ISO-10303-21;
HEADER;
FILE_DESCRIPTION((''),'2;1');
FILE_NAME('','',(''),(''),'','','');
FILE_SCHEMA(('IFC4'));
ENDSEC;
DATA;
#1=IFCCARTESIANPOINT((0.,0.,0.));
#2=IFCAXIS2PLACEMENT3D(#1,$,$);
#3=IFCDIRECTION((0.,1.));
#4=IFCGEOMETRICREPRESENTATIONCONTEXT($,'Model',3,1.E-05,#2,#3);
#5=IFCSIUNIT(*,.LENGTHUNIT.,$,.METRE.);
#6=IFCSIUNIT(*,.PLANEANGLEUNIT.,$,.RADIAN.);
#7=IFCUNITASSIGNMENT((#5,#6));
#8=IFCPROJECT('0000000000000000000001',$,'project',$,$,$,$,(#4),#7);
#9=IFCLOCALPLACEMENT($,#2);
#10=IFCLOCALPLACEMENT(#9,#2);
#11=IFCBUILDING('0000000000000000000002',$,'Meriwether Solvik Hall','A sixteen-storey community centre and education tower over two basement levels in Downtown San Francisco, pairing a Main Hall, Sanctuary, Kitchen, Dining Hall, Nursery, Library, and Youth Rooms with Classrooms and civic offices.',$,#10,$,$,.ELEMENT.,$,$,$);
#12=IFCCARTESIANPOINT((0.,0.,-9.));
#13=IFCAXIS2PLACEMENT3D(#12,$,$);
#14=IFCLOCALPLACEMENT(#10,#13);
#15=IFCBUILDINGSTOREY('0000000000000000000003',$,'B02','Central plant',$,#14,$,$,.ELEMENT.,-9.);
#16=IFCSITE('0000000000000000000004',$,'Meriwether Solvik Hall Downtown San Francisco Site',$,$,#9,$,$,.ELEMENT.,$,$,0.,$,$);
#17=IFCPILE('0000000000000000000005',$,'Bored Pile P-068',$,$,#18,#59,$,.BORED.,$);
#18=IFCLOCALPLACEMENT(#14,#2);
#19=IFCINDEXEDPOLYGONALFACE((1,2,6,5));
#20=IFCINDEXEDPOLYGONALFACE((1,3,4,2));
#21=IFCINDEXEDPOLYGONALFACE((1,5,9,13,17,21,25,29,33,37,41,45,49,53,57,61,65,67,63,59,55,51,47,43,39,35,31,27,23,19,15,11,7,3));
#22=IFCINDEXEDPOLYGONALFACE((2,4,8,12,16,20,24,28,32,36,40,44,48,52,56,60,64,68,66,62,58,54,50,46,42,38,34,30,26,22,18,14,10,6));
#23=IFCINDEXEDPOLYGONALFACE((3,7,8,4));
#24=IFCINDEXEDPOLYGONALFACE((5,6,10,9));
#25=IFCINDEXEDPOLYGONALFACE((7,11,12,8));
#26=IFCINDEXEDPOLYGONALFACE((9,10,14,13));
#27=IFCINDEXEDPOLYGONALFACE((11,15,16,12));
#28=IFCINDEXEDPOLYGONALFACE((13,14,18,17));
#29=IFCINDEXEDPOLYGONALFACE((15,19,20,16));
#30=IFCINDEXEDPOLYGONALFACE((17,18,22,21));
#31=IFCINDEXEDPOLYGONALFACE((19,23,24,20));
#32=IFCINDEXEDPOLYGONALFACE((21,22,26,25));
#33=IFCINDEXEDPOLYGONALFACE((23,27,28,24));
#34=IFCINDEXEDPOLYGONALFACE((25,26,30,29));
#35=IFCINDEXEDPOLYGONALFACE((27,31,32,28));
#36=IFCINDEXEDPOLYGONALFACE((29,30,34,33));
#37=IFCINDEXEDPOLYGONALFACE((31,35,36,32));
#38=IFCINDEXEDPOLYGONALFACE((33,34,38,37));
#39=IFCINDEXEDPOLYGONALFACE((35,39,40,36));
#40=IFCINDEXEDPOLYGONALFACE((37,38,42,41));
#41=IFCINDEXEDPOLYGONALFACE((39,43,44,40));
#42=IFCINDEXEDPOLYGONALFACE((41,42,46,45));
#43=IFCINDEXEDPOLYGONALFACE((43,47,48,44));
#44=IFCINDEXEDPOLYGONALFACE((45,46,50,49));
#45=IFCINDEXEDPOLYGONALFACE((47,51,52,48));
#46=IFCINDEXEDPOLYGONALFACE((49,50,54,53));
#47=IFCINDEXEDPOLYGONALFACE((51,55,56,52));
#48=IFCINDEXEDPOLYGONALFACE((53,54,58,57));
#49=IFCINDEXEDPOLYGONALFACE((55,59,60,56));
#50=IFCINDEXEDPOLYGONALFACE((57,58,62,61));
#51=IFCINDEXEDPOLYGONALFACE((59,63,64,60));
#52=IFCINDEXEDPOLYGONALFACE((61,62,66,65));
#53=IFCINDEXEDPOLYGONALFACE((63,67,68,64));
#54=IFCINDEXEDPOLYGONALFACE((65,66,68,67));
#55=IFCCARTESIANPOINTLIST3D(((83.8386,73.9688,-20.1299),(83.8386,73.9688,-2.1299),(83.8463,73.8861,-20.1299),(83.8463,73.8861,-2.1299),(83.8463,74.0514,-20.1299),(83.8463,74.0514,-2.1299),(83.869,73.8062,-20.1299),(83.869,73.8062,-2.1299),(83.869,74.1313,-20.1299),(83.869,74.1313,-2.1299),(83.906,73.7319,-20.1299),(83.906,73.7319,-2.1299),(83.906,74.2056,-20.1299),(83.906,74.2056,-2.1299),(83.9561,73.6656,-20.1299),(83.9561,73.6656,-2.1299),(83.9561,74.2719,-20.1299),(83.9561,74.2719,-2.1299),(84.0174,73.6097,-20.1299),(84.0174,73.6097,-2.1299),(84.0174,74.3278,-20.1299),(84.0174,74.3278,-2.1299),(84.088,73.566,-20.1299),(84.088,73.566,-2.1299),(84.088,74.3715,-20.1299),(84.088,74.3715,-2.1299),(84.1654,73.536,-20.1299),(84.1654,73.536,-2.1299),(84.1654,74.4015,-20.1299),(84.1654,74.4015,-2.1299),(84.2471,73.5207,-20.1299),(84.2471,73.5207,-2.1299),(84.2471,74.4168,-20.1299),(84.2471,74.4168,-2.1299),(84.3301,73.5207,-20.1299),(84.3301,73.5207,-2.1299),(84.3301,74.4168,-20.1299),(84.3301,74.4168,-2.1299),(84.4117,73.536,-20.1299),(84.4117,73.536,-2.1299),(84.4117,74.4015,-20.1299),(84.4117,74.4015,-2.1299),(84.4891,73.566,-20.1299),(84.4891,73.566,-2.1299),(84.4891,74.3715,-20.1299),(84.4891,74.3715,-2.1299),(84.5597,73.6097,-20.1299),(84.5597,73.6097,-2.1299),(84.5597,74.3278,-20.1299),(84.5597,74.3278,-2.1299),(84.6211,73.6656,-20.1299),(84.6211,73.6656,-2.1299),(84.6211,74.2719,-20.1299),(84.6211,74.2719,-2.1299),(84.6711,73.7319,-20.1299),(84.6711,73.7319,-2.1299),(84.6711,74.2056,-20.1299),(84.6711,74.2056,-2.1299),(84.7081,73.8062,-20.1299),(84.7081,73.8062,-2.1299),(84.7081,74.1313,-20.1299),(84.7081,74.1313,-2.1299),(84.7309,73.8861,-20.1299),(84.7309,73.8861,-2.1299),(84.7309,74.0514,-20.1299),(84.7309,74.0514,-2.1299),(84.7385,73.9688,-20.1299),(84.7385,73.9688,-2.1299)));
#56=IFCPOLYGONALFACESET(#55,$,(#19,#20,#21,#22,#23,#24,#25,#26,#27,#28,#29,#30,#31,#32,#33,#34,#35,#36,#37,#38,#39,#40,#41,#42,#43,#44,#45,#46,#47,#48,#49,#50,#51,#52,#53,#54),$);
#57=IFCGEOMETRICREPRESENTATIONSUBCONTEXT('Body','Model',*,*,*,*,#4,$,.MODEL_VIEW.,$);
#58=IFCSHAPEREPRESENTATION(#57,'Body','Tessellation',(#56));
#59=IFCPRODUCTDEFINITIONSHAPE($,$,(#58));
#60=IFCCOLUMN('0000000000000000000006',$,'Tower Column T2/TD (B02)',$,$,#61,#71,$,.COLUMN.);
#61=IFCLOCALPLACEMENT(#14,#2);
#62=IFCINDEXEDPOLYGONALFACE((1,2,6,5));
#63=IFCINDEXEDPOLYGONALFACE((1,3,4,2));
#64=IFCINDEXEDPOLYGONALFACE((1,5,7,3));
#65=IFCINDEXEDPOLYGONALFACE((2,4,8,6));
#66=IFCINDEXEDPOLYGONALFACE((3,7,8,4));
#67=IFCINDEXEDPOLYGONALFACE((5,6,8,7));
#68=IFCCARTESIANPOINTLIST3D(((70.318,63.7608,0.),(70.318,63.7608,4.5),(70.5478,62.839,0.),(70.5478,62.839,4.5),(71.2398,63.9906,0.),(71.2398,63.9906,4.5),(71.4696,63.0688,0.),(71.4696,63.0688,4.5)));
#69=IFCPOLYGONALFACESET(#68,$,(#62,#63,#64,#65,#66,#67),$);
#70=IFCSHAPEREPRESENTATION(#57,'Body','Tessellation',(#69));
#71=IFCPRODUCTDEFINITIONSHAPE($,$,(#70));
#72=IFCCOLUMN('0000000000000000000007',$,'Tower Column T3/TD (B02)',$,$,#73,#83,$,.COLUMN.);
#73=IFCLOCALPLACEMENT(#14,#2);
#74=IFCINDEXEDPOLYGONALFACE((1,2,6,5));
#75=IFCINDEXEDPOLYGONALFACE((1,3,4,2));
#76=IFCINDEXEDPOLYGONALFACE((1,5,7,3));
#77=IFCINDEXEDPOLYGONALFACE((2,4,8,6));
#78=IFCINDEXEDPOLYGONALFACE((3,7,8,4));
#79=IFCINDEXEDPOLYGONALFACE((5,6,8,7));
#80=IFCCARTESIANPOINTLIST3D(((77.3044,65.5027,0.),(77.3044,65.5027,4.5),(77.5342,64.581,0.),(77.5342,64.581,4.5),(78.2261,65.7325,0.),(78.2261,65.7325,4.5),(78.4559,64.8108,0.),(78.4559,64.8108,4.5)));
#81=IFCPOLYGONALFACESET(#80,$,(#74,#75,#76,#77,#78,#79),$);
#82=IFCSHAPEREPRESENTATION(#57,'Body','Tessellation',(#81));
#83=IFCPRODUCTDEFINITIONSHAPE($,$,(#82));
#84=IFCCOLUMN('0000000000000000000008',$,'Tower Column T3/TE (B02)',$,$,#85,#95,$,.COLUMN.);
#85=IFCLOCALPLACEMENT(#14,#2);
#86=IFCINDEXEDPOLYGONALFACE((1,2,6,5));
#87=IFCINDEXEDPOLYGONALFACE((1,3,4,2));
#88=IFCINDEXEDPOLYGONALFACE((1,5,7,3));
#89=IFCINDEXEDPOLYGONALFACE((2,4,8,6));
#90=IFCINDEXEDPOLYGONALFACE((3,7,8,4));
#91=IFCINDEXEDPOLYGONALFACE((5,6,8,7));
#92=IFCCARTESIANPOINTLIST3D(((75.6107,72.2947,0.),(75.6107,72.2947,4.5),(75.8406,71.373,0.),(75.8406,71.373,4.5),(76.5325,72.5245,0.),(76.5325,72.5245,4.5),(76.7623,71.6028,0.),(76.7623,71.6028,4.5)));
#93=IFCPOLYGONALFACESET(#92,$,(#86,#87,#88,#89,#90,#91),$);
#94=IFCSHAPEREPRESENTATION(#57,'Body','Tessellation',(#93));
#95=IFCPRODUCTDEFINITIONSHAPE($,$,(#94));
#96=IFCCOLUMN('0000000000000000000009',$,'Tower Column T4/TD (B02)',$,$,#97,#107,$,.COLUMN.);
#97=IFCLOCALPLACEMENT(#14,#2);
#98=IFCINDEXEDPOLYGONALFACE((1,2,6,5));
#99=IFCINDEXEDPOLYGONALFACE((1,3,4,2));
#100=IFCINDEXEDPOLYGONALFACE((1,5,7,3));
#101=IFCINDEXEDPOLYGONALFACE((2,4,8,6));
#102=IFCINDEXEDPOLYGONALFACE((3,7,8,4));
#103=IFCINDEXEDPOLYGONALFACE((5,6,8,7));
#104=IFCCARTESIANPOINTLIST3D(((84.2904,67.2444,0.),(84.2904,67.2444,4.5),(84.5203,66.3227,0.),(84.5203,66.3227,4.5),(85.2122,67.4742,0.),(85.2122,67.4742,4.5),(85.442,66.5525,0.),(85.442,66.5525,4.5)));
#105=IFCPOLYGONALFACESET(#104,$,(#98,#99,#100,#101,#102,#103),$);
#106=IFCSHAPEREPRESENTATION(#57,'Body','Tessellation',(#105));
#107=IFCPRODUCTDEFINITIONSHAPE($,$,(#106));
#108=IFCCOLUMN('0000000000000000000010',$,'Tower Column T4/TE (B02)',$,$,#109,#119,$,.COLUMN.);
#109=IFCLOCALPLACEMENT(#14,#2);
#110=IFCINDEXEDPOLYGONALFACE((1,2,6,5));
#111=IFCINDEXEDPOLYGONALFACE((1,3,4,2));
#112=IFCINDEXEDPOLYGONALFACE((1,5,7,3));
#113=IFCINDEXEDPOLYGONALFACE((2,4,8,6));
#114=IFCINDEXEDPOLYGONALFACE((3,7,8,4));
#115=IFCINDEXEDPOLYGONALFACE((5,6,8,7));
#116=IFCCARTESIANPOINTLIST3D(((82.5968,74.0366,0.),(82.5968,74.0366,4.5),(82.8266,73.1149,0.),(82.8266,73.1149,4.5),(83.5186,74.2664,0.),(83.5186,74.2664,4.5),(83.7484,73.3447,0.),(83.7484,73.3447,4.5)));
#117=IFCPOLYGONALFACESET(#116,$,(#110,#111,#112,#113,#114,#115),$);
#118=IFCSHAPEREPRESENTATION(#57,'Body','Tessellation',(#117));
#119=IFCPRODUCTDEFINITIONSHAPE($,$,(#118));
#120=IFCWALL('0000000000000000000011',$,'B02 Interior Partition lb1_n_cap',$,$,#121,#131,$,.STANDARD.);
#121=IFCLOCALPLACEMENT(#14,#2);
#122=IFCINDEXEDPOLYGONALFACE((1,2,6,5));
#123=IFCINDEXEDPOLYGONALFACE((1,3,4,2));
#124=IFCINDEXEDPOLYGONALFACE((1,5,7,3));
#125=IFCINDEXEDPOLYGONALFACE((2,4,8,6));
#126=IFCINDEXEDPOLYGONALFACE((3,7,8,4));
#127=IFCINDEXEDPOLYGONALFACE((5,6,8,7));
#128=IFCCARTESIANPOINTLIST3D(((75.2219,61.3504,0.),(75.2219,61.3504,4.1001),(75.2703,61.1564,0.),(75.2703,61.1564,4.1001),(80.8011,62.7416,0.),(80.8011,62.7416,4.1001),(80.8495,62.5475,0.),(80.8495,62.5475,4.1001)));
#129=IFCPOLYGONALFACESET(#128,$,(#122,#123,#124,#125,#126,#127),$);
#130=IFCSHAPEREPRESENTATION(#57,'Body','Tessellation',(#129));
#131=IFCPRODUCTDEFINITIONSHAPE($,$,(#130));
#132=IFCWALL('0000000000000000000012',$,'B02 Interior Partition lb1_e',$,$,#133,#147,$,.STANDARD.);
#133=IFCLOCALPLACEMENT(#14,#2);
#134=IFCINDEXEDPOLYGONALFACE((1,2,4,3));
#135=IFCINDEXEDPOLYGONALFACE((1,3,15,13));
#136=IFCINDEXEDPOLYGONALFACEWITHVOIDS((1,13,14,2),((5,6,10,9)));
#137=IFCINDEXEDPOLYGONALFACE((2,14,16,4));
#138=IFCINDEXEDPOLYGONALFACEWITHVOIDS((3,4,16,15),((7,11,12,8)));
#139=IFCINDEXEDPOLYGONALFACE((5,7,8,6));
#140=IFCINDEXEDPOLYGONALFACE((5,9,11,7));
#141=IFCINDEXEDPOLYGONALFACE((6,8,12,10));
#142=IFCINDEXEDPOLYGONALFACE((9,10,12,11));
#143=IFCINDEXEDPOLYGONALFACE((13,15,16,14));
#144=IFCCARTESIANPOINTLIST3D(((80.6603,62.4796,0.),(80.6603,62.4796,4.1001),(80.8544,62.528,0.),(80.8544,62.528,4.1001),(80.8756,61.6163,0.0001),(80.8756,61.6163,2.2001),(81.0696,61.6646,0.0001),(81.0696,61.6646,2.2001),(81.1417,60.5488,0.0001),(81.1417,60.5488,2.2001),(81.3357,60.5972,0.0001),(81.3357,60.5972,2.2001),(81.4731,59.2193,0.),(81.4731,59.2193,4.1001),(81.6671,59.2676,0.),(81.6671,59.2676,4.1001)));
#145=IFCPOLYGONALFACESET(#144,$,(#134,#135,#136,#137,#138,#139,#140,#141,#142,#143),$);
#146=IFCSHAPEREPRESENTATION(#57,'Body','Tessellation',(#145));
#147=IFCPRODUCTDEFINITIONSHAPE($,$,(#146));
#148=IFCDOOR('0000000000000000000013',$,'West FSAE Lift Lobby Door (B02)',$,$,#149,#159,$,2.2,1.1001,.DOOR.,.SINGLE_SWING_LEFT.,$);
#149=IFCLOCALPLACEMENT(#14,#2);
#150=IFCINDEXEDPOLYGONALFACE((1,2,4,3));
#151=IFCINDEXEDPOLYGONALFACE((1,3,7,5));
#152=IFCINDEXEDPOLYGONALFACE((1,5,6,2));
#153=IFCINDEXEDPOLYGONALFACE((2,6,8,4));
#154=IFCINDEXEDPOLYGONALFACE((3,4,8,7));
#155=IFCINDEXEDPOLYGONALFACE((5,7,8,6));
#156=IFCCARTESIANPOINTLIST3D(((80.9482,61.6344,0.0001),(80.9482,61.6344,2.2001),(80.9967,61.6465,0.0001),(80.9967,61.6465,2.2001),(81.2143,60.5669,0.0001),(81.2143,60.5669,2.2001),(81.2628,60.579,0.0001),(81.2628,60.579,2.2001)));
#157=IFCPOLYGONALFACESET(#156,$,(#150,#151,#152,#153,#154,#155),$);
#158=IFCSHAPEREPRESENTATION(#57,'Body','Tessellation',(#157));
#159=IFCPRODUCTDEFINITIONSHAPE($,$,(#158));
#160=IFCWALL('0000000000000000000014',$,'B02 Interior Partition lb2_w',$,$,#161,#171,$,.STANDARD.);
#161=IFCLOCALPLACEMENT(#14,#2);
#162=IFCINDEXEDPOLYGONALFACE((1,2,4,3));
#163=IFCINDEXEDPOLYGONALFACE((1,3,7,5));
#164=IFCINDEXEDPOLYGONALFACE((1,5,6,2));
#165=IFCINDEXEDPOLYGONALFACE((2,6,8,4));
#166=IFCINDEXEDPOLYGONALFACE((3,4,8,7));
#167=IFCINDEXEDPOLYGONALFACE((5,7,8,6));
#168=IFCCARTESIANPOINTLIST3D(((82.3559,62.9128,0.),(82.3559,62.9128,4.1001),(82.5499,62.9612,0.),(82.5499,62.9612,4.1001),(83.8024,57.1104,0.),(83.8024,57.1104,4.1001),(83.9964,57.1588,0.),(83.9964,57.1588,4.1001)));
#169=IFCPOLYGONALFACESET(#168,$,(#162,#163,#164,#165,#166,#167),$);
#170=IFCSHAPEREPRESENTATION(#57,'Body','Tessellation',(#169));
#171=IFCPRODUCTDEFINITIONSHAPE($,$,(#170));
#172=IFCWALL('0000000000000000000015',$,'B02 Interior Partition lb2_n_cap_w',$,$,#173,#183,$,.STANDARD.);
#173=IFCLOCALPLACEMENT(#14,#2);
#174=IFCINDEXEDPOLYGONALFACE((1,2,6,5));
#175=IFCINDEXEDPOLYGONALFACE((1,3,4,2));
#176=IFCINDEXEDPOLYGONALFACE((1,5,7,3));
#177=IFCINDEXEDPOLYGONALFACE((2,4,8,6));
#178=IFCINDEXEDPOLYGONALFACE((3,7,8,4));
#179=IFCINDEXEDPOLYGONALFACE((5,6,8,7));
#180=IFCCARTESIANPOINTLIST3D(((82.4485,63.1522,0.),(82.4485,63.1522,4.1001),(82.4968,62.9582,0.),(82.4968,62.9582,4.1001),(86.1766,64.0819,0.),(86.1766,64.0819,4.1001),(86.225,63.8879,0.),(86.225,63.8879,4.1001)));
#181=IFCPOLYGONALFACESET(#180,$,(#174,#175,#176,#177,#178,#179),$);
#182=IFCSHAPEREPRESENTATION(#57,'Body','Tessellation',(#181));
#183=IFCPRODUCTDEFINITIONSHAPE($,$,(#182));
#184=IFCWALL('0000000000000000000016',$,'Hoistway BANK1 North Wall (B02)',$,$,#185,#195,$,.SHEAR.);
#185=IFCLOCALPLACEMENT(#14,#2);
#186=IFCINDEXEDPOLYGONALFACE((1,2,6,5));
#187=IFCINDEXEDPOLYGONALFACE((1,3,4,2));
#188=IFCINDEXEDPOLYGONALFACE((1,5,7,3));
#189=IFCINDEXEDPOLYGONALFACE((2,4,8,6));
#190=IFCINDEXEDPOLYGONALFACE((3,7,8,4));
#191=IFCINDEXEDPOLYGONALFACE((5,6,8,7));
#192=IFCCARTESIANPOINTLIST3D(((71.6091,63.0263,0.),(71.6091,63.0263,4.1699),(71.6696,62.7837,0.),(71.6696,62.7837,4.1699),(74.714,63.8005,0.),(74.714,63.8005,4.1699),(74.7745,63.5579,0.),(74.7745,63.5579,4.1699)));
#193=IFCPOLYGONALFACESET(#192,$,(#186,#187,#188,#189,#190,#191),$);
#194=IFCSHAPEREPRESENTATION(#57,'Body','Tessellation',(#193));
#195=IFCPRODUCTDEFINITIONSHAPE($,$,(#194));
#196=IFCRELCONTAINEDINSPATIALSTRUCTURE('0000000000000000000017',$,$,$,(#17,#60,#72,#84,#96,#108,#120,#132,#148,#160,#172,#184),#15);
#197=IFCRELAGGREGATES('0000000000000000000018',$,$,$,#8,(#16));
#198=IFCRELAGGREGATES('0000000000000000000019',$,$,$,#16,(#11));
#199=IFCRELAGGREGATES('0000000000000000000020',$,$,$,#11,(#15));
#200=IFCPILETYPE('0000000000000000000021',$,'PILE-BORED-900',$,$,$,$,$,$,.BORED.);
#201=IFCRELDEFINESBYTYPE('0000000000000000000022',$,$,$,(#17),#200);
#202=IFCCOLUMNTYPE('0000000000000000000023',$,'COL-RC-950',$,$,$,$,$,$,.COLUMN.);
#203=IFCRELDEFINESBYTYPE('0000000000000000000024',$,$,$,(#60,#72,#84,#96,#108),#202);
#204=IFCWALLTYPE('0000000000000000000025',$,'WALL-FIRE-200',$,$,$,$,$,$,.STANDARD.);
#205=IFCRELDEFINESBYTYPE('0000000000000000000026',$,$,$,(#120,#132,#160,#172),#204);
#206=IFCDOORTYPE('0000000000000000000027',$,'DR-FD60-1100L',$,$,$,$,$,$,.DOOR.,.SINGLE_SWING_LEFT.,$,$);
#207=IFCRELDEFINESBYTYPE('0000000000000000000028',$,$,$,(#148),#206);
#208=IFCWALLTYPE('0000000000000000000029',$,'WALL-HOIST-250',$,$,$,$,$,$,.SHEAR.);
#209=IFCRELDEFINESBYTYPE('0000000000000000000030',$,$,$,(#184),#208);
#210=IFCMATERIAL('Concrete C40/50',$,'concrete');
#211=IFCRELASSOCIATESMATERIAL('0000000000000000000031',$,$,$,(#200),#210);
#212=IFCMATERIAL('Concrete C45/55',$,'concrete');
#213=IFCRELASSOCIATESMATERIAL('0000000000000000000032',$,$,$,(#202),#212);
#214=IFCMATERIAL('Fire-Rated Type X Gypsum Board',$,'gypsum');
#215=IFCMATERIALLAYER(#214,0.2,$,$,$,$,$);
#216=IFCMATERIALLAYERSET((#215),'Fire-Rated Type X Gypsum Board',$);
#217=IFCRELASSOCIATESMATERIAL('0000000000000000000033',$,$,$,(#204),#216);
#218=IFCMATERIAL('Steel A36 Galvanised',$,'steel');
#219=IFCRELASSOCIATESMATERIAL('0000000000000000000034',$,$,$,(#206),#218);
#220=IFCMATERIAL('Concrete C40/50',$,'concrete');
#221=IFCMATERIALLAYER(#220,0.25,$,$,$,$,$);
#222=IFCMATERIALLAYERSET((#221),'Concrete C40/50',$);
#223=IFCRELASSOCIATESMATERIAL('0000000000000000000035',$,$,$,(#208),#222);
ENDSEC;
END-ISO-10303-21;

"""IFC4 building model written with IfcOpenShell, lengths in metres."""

from ifc_helpers import new_model, si_unit, direction, frame, frame_2d, origin, origin_2d, place, context, subcontext, project, spatial, rectangle, circle, extrude, material, layer, layer_set, material_profile, profile_set, type_object, element, fill, save


model = new_model("IFC4")

# Units and contexts
model_context = context("Model", 3, precision=1e-05, world=origin(), true_north=direction((0.0, 1.0)))
body_context = subcontext(model_context, "Body", "Model", "MODEL_VIEW")
ifc_project = project(units=[si_unit("LENGTHUNIT", "METRE"), si_unit("PLANEANGLEUNIT", "RADIAN")], contexts=[model_context])

# Site, building, storey
site_placement = place(None, origin())
site = spatial("IfcSite", under=ifc_project, at=site_placement, Name="Meriwether Solvik Hall Downtown San Francisco Site", CompositionType="ELEMENT", RefElevation=0.0)
building_placement = place(site_placement, origin())
building = spatial("IfcBuilding", under=site, at=building_placement, Name="Meriwether Solvik Hall", Description="A sixteen-storey community centre and education tower over two basement levels in Downtown San Francisco, pairing a Main Hall, Sanctuary, Kitchen, Dining Hall, Nursery, Library, and Youth Rooms with Classrooms and civic offices.", CompositionType="ELEMENT")
storey_placement = place(building_placement, frame((0.0, 0.0, -9.0)))
storey = spatial("IfcBuildingStorey", under=building, at=storey_placement, Name="B02", Description="Central plant", CompositionType="ELEMENT", Elevation=-9.0)

# Pile
ifc_material_1 = material(Name="Concrete C40/50", Category="concrete")
ifc_material_profile_1 = material_profile(ifc_material_1, circle(Radius=0.45, at=origin_2d()), Name="PILE-D900")
ifc_profile_set_1 = profile_set([ifc_material_profile_1], Name="Concrete C40/50")
pile_type_1 = type_object("IfcPileType", Name="PILE-BORED-900", PredefinedType="BORED", material=ifc_profile_set_1)
for number, where, z_axis, x_axis, name in (
    (1, (84.2886, 73.9688, -2.1299), (0.0, 0.0, -1.0), (1.0, 0.0, 0.0), "Bored Pile P-068"),
):
    element("IfcPile", number, at=place(storey_placement, frame(where, z_axis=z_axis, x_axis=x_axis)), inside=storey, type_object=pile_type_1, Name=name, PredefinedType="BORED", context=body_context, shape_type="SweptSolid", body=[
        extrude(circle(Radius=0.45, at=origin_2d()), origin(), (0.0, 0.0, 1.0), 18.0),
    ])

# Columns
ifc_material_2 = material(Name="Concrete C45/55", Category="concrete")
ifc_material_profile_2 = material_profile(ifc_material_2, rectangle(XDim=0.95, YDim=0.95, at=origin_2d()), Name="RCC-950X950")
ifc_profile_set_2 = profile_set([ifc_material_profile_2], Name="Concrete C45/55")
column_type = type_object("IfcColumnType", Name="COL-RC-950", PredefinedType="COLUMN", material=ifc_profile_set_2)
for number, where, z_axis, x_axis, name in (
    (2, (70.8938, 63.4148, 0.0), (0.0, 0.0, 1.0), (0.970296, 0.241922, 0.0), "Tower Column T2/TD (B02)"),
    (3, (77.8801, 65.1567, 0.0), (0.0, 0.0, 1.0), (0.970296, 0.241922, 0.0), "Tower Column T3/TD (B02)"),
    (4, (76.1865, 71.9487, 0.0), (0.0, 0.0, 1.0), (0.970296, 0.241922, 0.0), "Tower Column T3/TE (B02)"),
    (5, (84.8662, 66.8984, 0.0), (0.0, 0.0, 1.0), (0.970296, 0.241922, 0.0), "Tower Column T4/TD (B02)"),
    (6, (83.1726, 73.6907, 0.0), (0.0, 0.0, 1.0), (0.970296, 0.241922, 0.0), "Tower Column T4/TE (B02)"),
):
    element("IfcColumn", number, at=place(storey_placement, frame(where, z_axis=z_axis, x_axis=x_axis)), inside=storey, type_object=column_type, Name=name, PredefinedType="COLUMN", context=body_context, shape_type="SweptSolid", body=[
        extrude(rectangle(XDim=0.95, YDim=0.95, at=origin_2d()), origin(), (0.0, 0.0, 1.0), 4.5),
    ])

# Wall
ifc_material_3 = material(Name="Fire-Rated Type X Gypsum Board", Category="gypsum")
ifc_layer_1 = layer(ifc_material_3, 0.2)
ifc_layer_set_1 = layer_set([ifc_layer_1], Name="Fire-Rated Type X Gypsum Board")
wall_type_1 = type_object("IfcWallType", Name="WALL-FIRE-200", PredefinedType="STANDARD", material=ifc_layer_set_1)
wall_1_placement = place(storey_placement, frame((75.2461, 61.2534, 0.0), z_axis=(0.0, 0.0, 1.0), x_axis=(0.970292, 0.241936, 0.0)))
element("IfcWall", 7, at=wall_1_placement, inside=storey, type_object=wall_type_1, Name="B02 Interior Partition lb1_n_cap", PredefinedType="STANDARD", context=body_context, shape_type="SweptSolid", body=[
    extrude(rectangle(XDim=5.75, YDim=0.2, at=frame_2d((2.875, 0.0))), origin(), (0.0, 0.0, 1.0), 4.1001),
])

# Wall, opening, door
wall_2_placement = place(storey_placement, frame((80.7573, 62.5039, 0.0), z_axis=(0.0, 0.0, 1.0), x_axis=(0.241886, -0.970305, 0.0)))
wall_2 = element("IfcWall", 8, at=wall_2_placement, inside=storey, type_object=wall_type_1, Name="B02 Interior Partition lb1_e", PredefinedType="STANDARD", context=body_context, shape_type="SweptSolid", body=[
    extrude(rectangle(XDim=3.3601, YDim=0.2, at=frame_2d((1.6802, 0.0))), origin(), (0.0, 0.0, 1.0), 4.1001),
])
opening_1_placement = place(wall_2_placement, frame((0.8899, 0.0, 0.0)))
opening_1 = element("IfcOpeningElement", 9, at=opening_1_placement, cuts=wall_2, PredefinedType="OPENING", context=body_context, shape_type="SweptSolid", body=[
    extrude(rectangle(XDim=1.1001, YDim=2.2, at=frame_2d((0.55, 1.1001))), frame((0.0, 0.1118, 0.0), z_axis=(0.0, -1.0, 0.0), x_axis=(1.0, 0.0, 0.0)), (0.0, 0.0, 1.0), 0.2239),
])
ifc_material_4 = material(Name="Steel A36 Galvanised", Category="steel")
door_type_1 = type_object("IfcDoorType", Name="DR-FD60-1100L", OperationType="SINGLE_SWING_LEFT", PredefinedType="DOOR", material=ifc_material_4)
door_1_placement = place(opening_1_placement, origin())
door_1 = element("IfcDoor", 10, at=door_1_placement, inside=storey, type_object=door_type_1, Name="West FSAE Lift Lobby Door (B02)", OperationType="SINGLE_SWING_LEFT", OverallHeight=2.2, OverallWidth=1.1001, PredefinedType="DOOR", context=body_context, shape_type="SweptSolid", body=[
    extrude(rectangle(XDim=1.1001, YDim=2.2, at=frame_2d((0.55, 1.1001))), frame((0.0, 0.0249, 0.0), z_axis=(0.0, -1.0, 0.0), x_axis=(1.0, 0.0, 0.0)), (0.0, 0.0, 1.0), 0.05),
])
fill(opening_1, door_1)

# Walls
wall_3_placement = place(storey_placement, frame((82.4529, 62.937, 0.0), z_axis=(0.0, 0.0, 1.0), x_axis=(0.241892, -0.970303, 0.0)))
element("IfcWall", 11, at=wall_3_placement, inside=storey, type_object=wall_type_1, Name="B02 Interior Partition lb2_w", PredefinedType="STANDARD", context=body_context, shape_type="SweptSolid", body=[
    extrude(rectangle(XDim=5.98, YDim=0.2, at=frame_2d((2.99, 0.0))), origin(), (0.0, 0.0, 1.0), 4.1001),
])
wall_4_placement = place(storey_placement, frame((82.4727, 63.0552, 0.0), z_axis=(0.0, 0.0, 1.0), x_axis=(0.970284, 0.241967, 0.0)))
element("IfcWall", 12, at=wall_4_placement, inside=storey, type_object=wall_type_1, Name="B02 Interior Partition lb2_n_cap_w", PredefinedType="STANDARD", context=body_context, shape_type="SweptSolid", body=[
    extrude(rectangle(XDim=3.8423, YDim=0.2, at=frame_2d((1.9211, 0.0))), origin(), (0.0, 0.0, 1.0), 4.1001),
])
ifc_material_5 = material(Name="Concrete C40/50", Category="concrete")
ifc_layer_2 = layer(ifc_material_5, 0.25)
ifc_layer_set_2 = layer_set([ifc_layer_2], Name="Concrete C40/50")
wall_type_2 = type_object("IfcWallType", Name="WALL-HOIST-250", PredefinedType="SHEAR", material=ifc_layer_set_2)
wall_5_placement = place(storey_placement, frame((74.7444, 63.6792, 0.0), z_axis=(0.0, 0.0, 1.0), x_axis=(-0.970295, -0.241925, 0.0)))
element("IfcWall", 13, at=wall_5_placement, inside=storey, type_object=wall_type_2, Name="Hoistway BANK1 North Wall (B02)", PredefinedType="SHEAR", context=body_context, shape_type="SweptSolid", body=[
    extrude(rectangle(XDim=3.2, YDim=0.25, at=frame_2d((1.6001, 0.0))), origin(), (0.0, 0.0, 1.0), 4.1699),
])

save(model, "model.ifc")
